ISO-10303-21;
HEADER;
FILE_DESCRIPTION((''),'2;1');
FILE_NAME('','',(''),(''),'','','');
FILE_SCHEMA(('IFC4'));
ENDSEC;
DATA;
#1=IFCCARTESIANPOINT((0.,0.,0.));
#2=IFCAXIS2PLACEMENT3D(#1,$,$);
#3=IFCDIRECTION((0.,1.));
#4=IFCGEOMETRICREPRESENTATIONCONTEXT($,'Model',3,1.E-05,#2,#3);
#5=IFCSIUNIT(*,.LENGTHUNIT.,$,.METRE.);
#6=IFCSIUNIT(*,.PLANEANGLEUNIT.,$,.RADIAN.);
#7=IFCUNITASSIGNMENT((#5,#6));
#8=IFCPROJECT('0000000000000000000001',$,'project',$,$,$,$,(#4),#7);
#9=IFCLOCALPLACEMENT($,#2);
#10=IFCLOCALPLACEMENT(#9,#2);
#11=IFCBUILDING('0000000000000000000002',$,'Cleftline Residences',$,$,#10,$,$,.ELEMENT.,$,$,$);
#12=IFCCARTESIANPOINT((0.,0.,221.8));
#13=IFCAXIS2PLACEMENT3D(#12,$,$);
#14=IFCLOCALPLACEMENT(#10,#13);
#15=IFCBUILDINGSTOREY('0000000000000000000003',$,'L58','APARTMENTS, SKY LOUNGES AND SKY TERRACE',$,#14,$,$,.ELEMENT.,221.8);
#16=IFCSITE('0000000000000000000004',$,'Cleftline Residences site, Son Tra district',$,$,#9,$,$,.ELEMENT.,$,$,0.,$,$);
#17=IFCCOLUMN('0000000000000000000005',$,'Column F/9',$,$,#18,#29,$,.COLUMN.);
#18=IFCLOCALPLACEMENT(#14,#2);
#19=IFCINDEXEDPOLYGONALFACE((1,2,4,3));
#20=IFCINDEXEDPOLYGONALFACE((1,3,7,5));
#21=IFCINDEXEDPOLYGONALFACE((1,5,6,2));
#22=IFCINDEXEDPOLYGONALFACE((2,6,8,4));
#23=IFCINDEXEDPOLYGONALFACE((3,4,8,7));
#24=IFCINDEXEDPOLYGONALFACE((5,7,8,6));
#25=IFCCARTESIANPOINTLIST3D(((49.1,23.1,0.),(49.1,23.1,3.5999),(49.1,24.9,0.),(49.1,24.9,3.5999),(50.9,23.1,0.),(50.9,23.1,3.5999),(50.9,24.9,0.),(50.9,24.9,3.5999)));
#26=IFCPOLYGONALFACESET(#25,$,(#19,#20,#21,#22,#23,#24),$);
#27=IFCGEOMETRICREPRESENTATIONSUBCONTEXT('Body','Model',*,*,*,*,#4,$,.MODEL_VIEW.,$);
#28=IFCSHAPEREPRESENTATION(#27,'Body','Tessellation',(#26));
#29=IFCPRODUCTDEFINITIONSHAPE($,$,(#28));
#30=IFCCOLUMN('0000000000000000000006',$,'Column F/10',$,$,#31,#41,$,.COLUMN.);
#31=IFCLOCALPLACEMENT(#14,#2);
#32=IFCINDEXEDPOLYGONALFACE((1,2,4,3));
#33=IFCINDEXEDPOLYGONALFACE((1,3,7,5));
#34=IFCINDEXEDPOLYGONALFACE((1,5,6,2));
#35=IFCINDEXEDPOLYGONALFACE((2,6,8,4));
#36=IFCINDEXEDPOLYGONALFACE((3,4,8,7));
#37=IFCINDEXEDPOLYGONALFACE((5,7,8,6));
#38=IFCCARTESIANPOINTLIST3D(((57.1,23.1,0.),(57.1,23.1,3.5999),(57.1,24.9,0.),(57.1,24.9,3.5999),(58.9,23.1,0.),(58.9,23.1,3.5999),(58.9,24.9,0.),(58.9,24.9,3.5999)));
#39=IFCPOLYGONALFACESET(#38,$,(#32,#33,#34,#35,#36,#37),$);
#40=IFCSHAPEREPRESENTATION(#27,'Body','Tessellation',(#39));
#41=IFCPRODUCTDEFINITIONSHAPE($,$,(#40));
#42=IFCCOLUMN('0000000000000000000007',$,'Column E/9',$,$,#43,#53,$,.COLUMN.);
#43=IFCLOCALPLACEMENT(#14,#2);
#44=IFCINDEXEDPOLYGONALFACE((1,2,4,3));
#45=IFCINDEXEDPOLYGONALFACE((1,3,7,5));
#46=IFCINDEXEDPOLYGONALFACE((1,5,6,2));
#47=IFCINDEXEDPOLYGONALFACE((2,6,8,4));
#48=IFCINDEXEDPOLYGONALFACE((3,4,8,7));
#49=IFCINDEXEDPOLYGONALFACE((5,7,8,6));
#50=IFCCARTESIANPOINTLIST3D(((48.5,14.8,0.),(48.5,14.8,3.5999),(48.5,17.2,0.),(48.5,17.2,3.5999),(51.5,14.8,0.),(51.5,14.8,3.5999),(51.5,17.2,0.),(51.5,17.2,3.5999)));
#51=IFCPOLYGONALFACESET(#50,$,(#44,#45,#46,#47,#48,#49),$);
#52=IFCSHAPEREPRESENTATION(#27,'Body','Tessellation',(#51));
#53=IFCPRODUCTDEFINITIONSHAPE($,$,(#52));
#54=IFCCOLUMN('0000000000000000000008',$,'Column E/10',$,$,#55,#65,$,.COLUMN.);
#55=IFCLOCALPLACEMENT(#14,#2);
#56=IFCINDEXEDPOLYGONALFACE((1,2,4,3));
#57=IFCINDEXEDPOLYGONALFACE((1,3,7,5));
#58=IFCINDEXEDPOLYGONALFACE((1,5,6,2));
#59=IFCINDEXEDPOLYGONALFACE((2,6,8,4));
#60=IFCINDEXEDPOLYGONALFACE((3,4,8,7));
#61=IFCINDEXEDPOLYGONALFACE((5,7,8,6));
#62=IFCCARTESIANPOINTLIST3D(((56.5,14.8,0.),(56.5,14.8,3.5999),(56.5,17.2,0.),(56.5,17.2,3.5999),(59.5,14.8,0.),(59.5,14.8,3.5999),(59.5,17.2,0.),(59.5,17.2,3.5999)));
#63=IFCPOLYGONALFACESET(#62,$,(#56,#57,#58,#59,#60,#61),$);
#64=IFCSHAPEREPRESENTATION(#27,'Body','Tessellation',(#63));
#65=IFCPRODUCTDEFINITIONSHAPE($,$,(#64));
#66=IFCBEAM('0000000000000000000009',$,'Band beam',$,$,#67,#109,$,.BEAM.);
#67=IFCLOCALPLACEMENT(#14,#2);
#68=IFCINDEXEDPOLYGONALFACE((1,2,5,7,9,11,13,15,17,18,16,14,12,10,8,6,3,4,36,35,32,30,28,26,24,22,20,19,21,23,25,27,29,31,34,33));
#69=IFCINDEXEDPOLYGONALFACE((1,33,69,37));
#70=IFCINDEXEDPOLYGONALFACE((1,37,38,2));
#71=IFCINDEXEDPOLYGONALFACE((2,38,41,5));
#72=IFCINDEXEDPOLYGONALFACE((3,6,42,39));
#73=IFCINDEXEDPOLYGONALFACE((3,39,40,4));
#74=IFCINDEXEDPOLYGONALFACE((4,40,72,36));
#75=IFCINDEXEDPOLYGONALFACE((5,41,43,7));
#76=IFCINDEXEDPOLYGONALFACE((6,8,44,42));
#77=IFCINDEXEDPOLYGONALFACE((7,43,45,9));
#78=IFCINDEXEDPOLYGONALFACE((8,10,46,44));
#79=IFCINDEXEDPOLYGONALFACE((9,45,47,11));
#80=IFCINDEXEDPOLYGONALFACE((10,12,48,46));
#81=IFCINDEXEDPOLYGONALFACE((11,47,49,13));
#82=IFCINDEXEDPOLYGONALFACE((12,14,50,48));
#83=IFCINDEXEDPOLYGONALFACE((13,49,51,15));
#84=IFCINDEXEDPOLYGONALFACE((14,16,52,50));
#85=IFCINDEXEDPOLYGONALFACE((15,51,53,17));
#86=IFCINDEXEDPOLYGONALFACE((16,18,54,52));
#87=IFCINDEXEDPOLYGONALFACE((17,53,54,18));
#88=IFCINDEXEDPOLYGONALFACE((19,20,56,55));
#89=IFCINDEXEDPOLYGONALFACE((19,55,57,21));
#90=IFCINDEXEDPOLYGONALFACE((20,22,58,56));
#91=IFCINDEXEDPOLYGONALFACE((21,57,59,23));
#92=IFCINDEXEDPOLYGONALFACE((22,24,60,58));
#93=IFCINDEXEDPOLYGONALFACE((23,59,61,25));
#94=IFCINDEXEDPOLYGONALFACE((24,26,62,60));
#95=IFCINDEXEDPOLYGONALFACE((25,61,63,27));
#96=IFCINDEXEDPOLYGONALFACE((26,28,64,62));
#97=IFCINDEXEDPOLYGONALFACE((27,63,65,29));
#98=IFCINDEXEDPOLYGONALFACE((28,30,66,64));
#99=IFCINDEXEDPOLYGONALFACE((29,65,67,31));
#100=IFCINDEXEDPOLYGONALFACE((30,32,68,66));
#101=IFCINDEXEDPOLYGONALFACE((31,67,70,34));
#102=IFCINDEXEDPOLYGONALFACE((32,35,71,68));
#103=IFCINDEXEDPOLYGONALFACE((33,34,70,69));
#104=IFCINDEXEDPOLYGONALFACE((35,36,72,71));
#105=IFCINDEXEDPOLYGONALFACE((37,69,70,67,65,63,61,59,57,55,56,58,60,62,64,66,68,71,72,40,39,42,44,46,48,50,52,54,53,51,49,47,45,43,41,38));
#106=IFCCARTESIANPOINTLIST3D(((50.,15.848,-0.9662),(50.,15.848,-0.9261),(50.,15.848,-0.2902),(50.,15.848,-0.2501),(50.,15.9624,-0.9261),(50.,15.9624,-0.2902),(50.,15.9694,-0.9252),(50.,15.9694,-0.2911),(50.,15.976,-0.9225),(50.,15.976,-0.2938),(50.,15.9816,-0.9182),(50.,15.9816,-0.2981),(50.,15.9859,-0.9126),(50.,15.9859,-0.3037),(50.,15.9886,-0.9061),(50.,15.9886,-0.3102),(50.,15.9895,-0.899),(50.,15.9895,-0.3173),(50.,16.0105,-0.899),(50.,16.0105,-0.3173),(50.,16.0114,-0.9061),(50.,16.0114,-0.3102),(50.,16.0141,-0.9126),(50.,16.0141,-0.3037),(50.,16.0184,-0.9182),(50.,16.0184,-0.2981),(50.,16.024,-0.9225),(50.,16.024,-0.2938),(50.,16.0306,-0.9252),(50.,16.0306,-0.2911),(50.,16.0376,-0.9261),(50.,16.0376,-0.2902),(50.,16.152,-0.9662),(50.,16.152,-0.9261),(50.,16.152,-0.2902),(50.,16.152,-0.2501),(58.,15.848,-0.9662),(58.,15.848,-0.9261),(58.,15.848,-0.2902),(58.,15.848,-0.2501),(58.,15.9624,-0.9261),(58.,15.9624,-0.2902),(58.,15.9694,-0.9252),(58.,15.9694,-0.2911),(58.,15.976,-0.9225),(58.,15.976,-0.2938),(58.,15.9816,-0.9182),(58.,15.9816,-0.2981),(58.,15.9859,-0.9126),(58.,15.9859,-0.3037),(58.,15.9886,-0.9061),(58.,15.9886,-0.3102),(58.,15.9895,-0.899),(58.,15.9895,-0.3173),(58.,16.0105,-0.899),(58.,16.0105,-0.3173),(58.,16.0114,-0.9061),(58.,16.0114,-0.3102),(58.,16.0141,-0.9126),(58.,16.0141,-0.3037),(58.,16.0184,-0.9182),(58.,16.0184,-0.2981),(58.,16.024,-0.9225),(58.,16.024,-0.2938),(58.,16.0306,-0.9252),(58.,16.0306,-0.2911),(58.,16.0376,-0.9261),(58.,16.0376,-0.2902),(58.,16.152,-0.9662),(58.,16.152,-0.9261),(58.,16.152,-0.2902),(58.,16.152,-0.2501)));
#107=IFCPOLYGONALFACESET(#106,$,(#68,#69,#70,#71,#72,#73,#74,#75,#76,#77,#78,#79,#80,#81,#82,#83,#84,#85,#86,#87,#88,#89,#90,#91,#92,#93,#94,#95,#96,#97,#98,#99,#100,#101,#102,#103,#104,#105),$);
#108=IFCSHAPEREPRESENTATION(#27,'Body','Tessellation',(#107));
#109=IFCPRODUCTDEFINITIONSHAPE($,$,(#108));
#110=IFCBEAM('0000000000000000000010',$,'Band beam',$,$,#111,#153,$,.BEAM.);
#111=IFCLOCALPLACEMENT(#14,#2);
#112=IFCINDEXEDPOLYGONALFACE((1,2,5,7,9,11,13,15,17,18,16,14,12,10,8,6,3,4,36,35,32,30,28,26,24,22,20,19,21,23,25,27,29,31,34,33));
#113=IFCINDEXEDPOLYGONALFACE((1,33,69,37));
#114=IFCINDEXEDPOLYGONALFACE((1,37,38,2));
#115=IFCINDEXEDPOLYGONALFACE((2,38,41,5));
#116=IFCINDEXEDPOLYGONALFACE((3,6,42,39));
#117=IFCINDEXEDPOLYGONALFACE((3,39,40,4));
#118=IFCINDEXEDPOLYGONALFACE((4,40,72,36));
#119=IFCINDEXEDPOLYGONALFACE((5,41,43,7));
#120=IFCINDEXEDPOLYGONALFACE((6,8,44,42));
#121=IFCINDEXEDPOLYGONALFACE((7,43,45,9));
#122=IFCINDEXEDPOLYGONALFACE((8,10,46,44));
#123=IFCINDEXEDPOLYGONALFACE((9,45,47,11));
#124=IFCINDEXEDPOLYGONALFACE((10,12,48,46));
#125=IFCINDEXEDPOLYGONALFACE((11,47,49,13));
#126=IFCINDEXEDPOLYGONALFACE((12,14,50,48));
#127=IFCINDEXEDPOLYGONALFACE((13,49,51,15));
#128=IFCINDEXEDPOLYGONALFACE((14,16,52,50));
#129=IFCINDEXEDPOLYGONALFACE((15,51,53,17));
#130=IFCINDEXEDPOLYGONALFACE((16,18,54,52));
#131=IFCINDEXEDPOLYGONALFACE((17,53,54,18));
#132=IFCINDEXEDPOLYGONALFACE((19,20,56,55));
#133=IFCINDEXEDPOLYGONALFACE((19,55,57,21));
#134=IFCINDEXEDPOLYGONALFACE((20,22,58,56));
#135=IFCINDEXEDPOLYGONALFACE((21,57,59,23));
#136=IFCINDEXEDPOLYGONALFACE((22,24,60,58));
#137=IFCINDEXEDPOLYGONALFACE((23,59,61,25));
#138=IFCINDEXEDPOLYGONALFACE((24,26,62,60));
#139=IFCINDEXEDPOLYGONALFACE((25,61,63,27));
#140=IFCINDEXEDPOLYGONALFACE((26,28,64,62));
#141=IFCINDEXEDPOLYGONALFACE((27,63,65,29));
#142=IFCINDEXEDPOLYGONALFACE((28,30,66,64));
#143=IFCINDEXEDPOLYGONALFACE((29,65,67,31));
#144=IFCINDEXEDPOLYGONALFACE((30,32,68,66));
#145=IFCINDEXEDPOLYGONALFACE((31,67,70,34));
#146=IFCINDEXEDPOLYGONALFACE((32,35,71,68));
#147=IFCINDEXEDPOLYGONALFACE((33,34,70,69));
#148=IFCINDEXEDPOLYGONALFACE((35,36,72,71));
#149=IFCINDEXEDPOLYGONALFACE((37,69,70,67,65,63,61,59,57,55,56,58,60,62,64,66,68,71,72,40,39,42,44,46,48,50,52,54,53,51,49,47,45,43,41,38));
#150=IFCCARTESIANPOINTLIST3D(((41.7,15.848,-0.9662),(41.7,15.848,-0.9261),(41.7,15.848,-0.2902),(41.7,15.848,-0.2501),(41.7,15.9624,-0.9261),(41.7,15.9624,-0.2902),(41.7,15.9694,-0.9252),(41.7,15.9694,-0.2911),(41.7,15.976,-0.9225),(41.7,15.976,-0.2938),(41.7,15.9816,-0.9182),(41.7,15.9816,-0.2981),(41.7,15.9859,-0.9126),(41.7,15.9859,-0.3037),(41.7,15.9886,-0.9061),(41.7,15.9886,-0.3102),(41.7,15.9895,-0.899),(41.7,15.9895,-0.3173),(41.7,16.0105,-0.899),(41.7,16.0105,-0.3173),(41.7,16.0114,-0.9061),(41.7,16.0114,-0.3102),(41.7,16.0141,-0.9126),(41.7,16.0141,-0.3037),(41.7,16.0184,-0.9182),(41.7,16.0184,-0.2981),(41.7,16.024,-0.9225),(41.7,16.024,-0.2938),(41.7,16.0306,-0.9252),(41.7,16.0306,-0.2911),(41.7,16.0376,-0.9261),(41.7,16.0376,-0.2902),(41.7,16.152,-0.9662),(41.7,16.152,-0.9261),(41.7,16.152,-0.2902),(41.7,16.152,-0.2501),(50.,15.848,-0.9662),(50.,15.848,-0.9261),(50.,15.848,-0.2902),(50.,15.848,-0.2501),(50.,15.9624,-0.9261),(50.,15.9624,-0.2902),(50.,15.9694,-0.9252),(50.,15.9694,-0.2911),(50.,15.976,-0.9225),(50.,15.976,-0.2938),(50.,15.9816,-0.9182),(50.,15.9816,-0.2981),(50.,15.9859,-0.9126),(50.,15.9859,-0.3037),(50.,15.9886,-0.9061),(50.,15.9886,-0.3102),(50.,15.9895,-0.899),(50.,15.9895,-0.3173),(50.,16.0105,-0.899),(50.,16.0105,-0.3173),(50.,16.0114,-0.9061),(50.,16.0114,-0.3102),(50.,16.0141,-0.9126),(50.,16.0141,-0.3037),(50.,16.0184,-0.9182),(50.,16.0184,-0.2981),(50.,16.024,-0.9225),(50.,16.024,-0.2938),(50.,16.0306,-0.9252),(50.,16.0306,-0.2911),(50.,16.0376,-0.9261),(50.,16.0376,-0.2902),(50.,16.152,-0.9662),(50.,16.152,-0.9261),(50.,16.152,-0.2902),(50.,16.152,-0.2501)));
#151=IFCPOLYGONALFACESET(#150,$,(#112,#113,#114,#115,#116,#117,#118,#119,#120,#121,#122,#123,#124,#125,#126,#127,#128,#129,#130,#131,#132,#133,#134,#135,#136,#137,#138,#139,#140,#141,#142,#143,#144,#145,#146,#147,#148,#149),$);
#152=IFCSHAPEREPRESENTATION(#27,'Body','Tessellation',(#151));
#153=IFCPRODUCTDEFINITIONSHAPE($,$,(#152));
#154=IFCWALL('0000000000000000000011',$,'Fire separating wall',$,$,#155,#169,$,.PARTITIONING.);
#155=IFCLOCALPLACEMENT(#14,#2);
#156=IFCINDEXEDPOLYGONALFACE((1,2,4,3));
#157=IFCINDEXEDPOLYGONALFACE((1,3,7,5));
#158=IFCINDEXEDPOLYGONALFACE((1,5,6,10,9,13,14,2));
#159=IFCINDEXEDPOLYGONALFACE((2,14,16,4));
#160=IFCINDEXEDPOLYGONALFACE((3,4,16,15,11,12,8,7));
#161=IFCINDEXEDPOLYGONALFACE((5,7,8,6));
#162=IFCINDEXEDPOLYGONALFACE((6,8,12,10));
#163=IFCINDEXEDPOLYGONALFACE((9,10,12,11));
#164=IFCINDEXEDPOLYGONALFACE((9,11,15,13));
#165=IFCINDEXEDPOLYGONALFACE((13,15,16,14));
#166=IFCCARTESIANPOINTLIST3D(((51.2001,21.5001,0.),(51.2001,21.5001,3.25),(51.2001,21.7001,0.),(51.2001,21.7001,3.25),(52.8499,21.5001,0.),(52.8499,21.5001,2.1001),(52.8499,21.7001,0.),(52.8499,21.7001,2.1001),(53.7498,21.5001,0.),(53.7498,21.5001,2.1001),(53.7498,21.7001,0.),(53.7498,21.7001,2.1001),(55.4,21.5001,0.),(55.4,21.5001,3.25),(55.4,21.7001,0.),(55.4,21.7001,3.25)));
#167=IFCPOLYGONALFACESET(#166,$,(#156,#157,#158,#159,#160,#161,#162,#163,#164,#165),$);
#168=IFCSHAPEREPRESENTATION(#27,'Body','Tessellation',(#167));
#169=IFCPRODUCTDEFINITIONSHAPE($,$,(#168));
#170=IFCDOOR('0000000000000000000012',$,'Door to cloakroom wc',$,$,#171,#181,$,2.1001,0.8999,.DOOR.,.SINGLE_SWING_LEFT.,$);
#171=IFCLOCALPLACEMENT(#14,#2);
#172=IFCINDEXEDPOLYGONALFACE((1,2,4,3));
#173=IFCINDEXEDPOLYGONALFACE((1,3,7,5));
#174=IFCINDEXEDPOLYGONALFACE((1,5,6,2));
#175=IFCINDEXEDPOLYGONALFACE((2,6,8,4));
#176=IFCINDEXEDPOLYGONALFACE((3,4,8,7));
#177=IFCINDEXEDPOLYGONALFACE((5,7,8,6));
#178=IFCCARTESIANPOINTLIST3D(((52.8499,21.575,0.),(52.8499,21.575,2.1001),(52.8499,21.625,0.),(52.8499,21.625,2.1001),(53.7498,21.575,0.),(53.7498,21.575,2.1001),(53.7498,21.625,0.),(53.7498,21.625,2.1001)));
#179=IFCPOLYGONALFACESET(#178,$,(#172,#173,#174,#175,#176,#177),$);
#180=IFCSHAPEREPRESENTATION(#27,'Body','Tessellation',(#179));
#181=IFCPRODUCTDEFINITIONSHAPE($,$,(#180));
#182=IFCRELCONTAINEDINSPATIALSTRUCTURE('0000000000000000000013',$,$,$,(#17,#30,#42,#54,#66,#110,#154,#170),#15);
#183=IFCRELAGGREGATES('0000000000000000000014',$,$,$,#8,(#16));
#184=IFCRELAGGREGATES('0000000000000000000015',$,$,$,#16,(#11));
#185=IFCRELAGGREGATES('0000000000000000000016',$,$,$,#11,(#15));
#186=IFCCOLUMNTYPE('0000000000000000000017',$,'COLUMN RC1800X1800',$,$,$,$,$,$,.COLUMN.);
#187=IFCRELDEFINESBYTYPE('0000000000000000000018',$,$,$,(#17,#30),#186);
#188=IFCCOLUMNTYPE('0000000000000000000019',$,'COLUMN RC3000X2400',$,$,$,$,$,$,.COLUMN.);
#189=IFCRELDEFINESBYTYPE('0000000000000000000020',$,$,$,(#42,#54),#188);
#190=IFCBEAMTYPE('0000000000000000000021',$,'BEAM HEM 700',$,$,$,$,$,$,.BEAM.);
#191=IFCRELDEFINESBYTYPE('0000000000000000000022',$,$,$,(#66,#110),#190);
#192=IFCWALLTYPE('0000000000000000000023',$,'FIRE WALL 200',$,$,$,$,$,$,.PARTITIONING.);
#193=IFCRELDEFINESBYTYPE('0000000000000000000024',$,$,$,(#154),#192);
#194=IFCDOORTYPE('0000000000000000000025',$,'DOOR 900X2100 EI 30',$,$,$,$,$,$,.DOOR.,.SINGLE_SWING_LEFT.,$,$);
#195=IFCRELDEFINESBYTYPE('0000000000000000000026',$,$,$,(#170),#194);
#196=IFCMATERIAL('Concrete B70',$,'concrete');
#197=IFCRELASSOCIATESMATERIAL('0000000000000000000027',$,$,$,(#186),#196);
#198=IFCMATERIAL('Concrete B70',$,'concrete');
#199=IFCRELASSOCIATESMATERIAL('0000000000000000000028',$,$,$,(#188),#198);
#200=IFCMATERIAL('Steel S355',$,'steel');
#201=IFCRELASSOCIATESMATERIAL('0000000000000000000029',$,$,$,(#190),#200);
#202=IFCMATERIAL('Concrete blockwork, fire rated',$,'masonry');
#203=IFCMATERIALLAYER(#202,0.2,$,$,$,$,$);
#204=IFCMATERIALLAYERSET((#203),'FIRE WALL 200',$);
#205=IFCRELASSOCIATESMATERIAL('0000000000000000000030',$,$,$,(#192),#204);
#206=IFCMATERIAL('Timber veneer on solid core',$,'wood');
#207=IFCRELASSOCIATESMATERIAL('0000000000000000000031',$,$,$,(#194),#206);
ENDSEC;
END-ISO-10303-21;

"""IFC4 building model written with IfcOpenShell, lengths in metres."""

from ifc_helpers import new_model, si_unit, direction, frame, frame_2d, origin, origin_2d, place, context, subcontext, project, spatial, rectangle, i_section, extrude, material, layer, layer_set, material_profile, profile_set, type_object, element, fill, save


model = new_model("IFC4")

# Units and contexts
model_context = context("Model", 3, precision=1e-05, world=origin(), true_north=direction((0.0, 1.0)))
body_context = subcontext(model_context, "Body", "Model", "MODEL_VIEW")
ifc_project = project(units=[si_unit("LENGTHUNIT", "METRE"), si_unit("PLANEANGLEUNIT", "RADIAN")], contexts=[model_context])

# Site, building, storey
site_placement = place(None, origin())
site = spatial("IfcSite", under=ifc_project, at=site_placement, Name="Cleftline Residences site, Son Tra district", CompositionType="ELEMENT", RefElevation=0.0)
building_placement = place(site_placement, origin())
building = spatial("IfcBuilding", under=site, at=building_placement, Name="Cleftline Residences", CompositionType="ELEMENT")
storey_placement = place(building_placement, frame((0.0, 0.0, 221.8)))
storey = spatial("IfcBuildingStorey", under=building, at=storey_placement, Name="L58", Description="APARTMENTS, SKY LOUNGES AND SKY TERRACE", CompositionType="ELEMENT", Elevation=221.8)

# Columns
ifc_material_1 = material(Name="Concrete B70", Category="concrete")
ifc_material_profile_1 = material_profile(ifc_material_1, rectangle(XDim=1.8, YDim=1.8, at=origin_2d()))
ifc_profile_set_1 = profile_set([ifc_material_profile_1], Name="Concrete B70")
column_type_1 = type_object("IfcColumnType", Name="COLUMN RC1800X1800", PredefinedType="COLUMN", material=ifc_profile_set_1)
for number, where, z_axis, x_axis, name in (
    (1, (50.0, 24.0, 0.0), (0.0, 0.0, 1.0), (1.0, 0.0, 0.0), "Column F/9"),
    (2, (58.0, 24.0, 0.0), (0.0, 0.0, 1.0), (1.0, 0.0, 0.0), "Column F/10"),
):
    element("IfcColumn", number, at=place(storey_placement, frame(where, z_axis=z_axis, x_axis=x_axis)), inside=storey, type_object=column_type_1, Name=name, PredefinedType="COLUMN", context=body_context, shape_type="SweptSolid", body=[
        extrude(rectangle(XDim=1.8, YDim=1.8, at=origin_2d()), origin(), (0.0, 0.0, 1.0), 3.5999),
    ])
ifc_material_2 = material(Name="Concrete B70", Category="concrete")
ifc_material_profile_2 = material_profile(ifc_material_2, rectangle(XDim=3.0, YDim=2.3999, at=origin_2d()))
ifc_profile_set_2 = profile_set([ifc_material_profile_2], Name="Concrete B70")
column_type_2 = type_object("IfcColumnType", Name="COLUMN RC3000X2400", PredefinedType="COLUMN", material=ifc_profile_set_2)
for number, where, z_axis, x_axis, name in (
    (3, (50.0, 16.0, 0.0), (0.0, 0.0, 1.0), (1.0, 0.0, 0.0), "Column E/9"),
    (4, (58.0, 16.0, 0.0), (0.0, 0.0, 1.0), (1.0, 0.0, 0.0), "Column E/10"),
):
    element("IfcColumn", number, at=place(storey_placement, frame(where, z_axis=z_axis, x_axis=x_axis)), inside=storey, type_object=column_type_2, Name=name, PredefinedType="COLUMN", context=body_context, shape_type="SweptSolid", body=[
        extrude(rectangle(XDim=3.0, YDim=2.3999, at=origin_2d()), origin(), (0.0, 0.0, 1.0), 3.5999),
    ])

# Beams
ifc_material_3 = material(Name="Steel S355", Category="steel")
ifc_material_profile_3 = material_profile(ifc_material_3, i_section(OverallWidth=0.304, OverallDepth=0.7161, WebThickness=0.021, FlangeThickness=0.04, FilletRadius=0.0271, at=origin_2d()))
ifc_profile_set_3 = profile_set([ifc_material_profile_3], Name="Steel S355")
beam_type = type_object("IfcBeamType", Name="BEAM HEM 700", PredefinedType="BEAM", material=ifc_profile_set_3)
beam_1_placement = place(storey_placement, frame((58.0, 16.0, -0.6082), z_axis=(-1.0, 0.0, 0.0), x_axis=(0.0, -1.0, 0.0)))
element("IfcBeam", 5, at=beam_1_placement, inside=storey, type_object=beam_type, Name="Band beam", PredefinedType="BEAM", context=body_context, shape_type="SweptSolid", body=[
    extrude(i_section(OverallWidth=0.304, OverallDepth=0.7161, WebThickness=0.021, FlangeThickness=0.04, FilletRadius=0.0271, at=origin_2d()), origin(), (0.0, 0.0, 1.0), 8.0),
])
beam_2_placement = place(storey_placement, frame((50.0, 16.0, -0.6082), z_axis=(-1.0, 0.0, 0.0), x_axis=(0.0, -1.0, 0.0)))
element("IfcBeam", 6, at=beam_2_placement, inside=storey, type_object=beam_type, Name="Band beam", PredefinedType="BEAM", context=body_context, shape_type="SweptSolid", body=[
    extrude(i_section(OverallWidth=0.304, OverallDepth=0.7161, WebThickness=0.021, FlangeThickness=0.04, FilletRadius=0.0271, at=origin_2d()), origin(), (0.0, 0.0, 1.0), 8.3),
])

# Wall, opening, door
ifc_material_4 = material(Name="Concrete blockwork, fire rated", Category="masonry")
ifc_layer_1 = layer(ifc_material_4, 0.2)
ifc_layer_set_1 = layer_set([ifc_layer_1], Name="FIRE WALL 200")
wall_type_1 = type_object("IfcWallType", Name="FIRE WALL 200", PredefinedType="PARTITIONING", material=ifc_layer_set_1)
wall_1_placement = place(storey_placement, frame((51.2, 21.6001, 0.0), z_axis=(0.0, 0.0, 1.0), x_axis=(1.0, 0.0, 0.0)))
wall_1 = element("IfcWall", 7, at=wall_1_placement, inside=storey, type_object=wall_type_1, Name="Fire separating wall", PredefinedType="PARTITIONING", context=body_context, shape_type="SweptSolid", body=[
    extrude(rectangle(XDim=4.2, YDim=0.2, at=frame_2d((2.1001, 0.0))), origin(), (0.0, 0.0, 1.0), 3.25),
])
opening_1_placement = place(wall_1_placement, frame((1.6499, 0.0, 0.0)))
opening_1 = element("IfcOpeningElement", 8, at=opening_1_placement, cuts=wall_1, PredefinedType="OPENING", context=body_context, shape_type="SweptSolid", body=[
    extrude(rectangle(XDim=0.8999, YDim=2.1001, at=frame_2d((0.45, 1.05))), frame((0.0, 0.1099, 0.0), z_axis=(0.0, -1.0, 0.0), x_axis=(1.0, 0.0, 0.0)), (0.0, 0.0, 1.0), 0.22),
])
ifc_material_5 = material(Name="Timber veneer on solid core", Category="wood")
door_type_1 = type_object("IfcDoorType", Name="DOOR 900X2100 EI 30", OperationType="SINGLE_SWING_LEFT", PredefinedType="DOOR", material=ifc_material_5)
door_1_placement = place(opening_1_placement, origin())
door_1 = element("IfcDoor", 9, at=door_1_placement, inside=storey, type_object=door_type_1, Name="Door to cloakroom wc", OperationType="SINGLE_SWING_LEFT", OverallHeight=2.1001, OverallWidth=0.8999, PredefinedType="DOOR", context=body_context, shape_type="SweptSolid", body=[
    extrude(rectangle(XDim=0.8999, YDim=2.1001, at=frame_2d((0.45, 1.05))), frame((0.0, 0.0249, 0.0), z_axis=(0.0, -1.0, 0.0), x_axis=(1.0, 0.0, 0.0)), (0.0, 0.0, 1.0), 0.05),
])
fill(opening_1, door_1)

save(model, "model.ifc")
